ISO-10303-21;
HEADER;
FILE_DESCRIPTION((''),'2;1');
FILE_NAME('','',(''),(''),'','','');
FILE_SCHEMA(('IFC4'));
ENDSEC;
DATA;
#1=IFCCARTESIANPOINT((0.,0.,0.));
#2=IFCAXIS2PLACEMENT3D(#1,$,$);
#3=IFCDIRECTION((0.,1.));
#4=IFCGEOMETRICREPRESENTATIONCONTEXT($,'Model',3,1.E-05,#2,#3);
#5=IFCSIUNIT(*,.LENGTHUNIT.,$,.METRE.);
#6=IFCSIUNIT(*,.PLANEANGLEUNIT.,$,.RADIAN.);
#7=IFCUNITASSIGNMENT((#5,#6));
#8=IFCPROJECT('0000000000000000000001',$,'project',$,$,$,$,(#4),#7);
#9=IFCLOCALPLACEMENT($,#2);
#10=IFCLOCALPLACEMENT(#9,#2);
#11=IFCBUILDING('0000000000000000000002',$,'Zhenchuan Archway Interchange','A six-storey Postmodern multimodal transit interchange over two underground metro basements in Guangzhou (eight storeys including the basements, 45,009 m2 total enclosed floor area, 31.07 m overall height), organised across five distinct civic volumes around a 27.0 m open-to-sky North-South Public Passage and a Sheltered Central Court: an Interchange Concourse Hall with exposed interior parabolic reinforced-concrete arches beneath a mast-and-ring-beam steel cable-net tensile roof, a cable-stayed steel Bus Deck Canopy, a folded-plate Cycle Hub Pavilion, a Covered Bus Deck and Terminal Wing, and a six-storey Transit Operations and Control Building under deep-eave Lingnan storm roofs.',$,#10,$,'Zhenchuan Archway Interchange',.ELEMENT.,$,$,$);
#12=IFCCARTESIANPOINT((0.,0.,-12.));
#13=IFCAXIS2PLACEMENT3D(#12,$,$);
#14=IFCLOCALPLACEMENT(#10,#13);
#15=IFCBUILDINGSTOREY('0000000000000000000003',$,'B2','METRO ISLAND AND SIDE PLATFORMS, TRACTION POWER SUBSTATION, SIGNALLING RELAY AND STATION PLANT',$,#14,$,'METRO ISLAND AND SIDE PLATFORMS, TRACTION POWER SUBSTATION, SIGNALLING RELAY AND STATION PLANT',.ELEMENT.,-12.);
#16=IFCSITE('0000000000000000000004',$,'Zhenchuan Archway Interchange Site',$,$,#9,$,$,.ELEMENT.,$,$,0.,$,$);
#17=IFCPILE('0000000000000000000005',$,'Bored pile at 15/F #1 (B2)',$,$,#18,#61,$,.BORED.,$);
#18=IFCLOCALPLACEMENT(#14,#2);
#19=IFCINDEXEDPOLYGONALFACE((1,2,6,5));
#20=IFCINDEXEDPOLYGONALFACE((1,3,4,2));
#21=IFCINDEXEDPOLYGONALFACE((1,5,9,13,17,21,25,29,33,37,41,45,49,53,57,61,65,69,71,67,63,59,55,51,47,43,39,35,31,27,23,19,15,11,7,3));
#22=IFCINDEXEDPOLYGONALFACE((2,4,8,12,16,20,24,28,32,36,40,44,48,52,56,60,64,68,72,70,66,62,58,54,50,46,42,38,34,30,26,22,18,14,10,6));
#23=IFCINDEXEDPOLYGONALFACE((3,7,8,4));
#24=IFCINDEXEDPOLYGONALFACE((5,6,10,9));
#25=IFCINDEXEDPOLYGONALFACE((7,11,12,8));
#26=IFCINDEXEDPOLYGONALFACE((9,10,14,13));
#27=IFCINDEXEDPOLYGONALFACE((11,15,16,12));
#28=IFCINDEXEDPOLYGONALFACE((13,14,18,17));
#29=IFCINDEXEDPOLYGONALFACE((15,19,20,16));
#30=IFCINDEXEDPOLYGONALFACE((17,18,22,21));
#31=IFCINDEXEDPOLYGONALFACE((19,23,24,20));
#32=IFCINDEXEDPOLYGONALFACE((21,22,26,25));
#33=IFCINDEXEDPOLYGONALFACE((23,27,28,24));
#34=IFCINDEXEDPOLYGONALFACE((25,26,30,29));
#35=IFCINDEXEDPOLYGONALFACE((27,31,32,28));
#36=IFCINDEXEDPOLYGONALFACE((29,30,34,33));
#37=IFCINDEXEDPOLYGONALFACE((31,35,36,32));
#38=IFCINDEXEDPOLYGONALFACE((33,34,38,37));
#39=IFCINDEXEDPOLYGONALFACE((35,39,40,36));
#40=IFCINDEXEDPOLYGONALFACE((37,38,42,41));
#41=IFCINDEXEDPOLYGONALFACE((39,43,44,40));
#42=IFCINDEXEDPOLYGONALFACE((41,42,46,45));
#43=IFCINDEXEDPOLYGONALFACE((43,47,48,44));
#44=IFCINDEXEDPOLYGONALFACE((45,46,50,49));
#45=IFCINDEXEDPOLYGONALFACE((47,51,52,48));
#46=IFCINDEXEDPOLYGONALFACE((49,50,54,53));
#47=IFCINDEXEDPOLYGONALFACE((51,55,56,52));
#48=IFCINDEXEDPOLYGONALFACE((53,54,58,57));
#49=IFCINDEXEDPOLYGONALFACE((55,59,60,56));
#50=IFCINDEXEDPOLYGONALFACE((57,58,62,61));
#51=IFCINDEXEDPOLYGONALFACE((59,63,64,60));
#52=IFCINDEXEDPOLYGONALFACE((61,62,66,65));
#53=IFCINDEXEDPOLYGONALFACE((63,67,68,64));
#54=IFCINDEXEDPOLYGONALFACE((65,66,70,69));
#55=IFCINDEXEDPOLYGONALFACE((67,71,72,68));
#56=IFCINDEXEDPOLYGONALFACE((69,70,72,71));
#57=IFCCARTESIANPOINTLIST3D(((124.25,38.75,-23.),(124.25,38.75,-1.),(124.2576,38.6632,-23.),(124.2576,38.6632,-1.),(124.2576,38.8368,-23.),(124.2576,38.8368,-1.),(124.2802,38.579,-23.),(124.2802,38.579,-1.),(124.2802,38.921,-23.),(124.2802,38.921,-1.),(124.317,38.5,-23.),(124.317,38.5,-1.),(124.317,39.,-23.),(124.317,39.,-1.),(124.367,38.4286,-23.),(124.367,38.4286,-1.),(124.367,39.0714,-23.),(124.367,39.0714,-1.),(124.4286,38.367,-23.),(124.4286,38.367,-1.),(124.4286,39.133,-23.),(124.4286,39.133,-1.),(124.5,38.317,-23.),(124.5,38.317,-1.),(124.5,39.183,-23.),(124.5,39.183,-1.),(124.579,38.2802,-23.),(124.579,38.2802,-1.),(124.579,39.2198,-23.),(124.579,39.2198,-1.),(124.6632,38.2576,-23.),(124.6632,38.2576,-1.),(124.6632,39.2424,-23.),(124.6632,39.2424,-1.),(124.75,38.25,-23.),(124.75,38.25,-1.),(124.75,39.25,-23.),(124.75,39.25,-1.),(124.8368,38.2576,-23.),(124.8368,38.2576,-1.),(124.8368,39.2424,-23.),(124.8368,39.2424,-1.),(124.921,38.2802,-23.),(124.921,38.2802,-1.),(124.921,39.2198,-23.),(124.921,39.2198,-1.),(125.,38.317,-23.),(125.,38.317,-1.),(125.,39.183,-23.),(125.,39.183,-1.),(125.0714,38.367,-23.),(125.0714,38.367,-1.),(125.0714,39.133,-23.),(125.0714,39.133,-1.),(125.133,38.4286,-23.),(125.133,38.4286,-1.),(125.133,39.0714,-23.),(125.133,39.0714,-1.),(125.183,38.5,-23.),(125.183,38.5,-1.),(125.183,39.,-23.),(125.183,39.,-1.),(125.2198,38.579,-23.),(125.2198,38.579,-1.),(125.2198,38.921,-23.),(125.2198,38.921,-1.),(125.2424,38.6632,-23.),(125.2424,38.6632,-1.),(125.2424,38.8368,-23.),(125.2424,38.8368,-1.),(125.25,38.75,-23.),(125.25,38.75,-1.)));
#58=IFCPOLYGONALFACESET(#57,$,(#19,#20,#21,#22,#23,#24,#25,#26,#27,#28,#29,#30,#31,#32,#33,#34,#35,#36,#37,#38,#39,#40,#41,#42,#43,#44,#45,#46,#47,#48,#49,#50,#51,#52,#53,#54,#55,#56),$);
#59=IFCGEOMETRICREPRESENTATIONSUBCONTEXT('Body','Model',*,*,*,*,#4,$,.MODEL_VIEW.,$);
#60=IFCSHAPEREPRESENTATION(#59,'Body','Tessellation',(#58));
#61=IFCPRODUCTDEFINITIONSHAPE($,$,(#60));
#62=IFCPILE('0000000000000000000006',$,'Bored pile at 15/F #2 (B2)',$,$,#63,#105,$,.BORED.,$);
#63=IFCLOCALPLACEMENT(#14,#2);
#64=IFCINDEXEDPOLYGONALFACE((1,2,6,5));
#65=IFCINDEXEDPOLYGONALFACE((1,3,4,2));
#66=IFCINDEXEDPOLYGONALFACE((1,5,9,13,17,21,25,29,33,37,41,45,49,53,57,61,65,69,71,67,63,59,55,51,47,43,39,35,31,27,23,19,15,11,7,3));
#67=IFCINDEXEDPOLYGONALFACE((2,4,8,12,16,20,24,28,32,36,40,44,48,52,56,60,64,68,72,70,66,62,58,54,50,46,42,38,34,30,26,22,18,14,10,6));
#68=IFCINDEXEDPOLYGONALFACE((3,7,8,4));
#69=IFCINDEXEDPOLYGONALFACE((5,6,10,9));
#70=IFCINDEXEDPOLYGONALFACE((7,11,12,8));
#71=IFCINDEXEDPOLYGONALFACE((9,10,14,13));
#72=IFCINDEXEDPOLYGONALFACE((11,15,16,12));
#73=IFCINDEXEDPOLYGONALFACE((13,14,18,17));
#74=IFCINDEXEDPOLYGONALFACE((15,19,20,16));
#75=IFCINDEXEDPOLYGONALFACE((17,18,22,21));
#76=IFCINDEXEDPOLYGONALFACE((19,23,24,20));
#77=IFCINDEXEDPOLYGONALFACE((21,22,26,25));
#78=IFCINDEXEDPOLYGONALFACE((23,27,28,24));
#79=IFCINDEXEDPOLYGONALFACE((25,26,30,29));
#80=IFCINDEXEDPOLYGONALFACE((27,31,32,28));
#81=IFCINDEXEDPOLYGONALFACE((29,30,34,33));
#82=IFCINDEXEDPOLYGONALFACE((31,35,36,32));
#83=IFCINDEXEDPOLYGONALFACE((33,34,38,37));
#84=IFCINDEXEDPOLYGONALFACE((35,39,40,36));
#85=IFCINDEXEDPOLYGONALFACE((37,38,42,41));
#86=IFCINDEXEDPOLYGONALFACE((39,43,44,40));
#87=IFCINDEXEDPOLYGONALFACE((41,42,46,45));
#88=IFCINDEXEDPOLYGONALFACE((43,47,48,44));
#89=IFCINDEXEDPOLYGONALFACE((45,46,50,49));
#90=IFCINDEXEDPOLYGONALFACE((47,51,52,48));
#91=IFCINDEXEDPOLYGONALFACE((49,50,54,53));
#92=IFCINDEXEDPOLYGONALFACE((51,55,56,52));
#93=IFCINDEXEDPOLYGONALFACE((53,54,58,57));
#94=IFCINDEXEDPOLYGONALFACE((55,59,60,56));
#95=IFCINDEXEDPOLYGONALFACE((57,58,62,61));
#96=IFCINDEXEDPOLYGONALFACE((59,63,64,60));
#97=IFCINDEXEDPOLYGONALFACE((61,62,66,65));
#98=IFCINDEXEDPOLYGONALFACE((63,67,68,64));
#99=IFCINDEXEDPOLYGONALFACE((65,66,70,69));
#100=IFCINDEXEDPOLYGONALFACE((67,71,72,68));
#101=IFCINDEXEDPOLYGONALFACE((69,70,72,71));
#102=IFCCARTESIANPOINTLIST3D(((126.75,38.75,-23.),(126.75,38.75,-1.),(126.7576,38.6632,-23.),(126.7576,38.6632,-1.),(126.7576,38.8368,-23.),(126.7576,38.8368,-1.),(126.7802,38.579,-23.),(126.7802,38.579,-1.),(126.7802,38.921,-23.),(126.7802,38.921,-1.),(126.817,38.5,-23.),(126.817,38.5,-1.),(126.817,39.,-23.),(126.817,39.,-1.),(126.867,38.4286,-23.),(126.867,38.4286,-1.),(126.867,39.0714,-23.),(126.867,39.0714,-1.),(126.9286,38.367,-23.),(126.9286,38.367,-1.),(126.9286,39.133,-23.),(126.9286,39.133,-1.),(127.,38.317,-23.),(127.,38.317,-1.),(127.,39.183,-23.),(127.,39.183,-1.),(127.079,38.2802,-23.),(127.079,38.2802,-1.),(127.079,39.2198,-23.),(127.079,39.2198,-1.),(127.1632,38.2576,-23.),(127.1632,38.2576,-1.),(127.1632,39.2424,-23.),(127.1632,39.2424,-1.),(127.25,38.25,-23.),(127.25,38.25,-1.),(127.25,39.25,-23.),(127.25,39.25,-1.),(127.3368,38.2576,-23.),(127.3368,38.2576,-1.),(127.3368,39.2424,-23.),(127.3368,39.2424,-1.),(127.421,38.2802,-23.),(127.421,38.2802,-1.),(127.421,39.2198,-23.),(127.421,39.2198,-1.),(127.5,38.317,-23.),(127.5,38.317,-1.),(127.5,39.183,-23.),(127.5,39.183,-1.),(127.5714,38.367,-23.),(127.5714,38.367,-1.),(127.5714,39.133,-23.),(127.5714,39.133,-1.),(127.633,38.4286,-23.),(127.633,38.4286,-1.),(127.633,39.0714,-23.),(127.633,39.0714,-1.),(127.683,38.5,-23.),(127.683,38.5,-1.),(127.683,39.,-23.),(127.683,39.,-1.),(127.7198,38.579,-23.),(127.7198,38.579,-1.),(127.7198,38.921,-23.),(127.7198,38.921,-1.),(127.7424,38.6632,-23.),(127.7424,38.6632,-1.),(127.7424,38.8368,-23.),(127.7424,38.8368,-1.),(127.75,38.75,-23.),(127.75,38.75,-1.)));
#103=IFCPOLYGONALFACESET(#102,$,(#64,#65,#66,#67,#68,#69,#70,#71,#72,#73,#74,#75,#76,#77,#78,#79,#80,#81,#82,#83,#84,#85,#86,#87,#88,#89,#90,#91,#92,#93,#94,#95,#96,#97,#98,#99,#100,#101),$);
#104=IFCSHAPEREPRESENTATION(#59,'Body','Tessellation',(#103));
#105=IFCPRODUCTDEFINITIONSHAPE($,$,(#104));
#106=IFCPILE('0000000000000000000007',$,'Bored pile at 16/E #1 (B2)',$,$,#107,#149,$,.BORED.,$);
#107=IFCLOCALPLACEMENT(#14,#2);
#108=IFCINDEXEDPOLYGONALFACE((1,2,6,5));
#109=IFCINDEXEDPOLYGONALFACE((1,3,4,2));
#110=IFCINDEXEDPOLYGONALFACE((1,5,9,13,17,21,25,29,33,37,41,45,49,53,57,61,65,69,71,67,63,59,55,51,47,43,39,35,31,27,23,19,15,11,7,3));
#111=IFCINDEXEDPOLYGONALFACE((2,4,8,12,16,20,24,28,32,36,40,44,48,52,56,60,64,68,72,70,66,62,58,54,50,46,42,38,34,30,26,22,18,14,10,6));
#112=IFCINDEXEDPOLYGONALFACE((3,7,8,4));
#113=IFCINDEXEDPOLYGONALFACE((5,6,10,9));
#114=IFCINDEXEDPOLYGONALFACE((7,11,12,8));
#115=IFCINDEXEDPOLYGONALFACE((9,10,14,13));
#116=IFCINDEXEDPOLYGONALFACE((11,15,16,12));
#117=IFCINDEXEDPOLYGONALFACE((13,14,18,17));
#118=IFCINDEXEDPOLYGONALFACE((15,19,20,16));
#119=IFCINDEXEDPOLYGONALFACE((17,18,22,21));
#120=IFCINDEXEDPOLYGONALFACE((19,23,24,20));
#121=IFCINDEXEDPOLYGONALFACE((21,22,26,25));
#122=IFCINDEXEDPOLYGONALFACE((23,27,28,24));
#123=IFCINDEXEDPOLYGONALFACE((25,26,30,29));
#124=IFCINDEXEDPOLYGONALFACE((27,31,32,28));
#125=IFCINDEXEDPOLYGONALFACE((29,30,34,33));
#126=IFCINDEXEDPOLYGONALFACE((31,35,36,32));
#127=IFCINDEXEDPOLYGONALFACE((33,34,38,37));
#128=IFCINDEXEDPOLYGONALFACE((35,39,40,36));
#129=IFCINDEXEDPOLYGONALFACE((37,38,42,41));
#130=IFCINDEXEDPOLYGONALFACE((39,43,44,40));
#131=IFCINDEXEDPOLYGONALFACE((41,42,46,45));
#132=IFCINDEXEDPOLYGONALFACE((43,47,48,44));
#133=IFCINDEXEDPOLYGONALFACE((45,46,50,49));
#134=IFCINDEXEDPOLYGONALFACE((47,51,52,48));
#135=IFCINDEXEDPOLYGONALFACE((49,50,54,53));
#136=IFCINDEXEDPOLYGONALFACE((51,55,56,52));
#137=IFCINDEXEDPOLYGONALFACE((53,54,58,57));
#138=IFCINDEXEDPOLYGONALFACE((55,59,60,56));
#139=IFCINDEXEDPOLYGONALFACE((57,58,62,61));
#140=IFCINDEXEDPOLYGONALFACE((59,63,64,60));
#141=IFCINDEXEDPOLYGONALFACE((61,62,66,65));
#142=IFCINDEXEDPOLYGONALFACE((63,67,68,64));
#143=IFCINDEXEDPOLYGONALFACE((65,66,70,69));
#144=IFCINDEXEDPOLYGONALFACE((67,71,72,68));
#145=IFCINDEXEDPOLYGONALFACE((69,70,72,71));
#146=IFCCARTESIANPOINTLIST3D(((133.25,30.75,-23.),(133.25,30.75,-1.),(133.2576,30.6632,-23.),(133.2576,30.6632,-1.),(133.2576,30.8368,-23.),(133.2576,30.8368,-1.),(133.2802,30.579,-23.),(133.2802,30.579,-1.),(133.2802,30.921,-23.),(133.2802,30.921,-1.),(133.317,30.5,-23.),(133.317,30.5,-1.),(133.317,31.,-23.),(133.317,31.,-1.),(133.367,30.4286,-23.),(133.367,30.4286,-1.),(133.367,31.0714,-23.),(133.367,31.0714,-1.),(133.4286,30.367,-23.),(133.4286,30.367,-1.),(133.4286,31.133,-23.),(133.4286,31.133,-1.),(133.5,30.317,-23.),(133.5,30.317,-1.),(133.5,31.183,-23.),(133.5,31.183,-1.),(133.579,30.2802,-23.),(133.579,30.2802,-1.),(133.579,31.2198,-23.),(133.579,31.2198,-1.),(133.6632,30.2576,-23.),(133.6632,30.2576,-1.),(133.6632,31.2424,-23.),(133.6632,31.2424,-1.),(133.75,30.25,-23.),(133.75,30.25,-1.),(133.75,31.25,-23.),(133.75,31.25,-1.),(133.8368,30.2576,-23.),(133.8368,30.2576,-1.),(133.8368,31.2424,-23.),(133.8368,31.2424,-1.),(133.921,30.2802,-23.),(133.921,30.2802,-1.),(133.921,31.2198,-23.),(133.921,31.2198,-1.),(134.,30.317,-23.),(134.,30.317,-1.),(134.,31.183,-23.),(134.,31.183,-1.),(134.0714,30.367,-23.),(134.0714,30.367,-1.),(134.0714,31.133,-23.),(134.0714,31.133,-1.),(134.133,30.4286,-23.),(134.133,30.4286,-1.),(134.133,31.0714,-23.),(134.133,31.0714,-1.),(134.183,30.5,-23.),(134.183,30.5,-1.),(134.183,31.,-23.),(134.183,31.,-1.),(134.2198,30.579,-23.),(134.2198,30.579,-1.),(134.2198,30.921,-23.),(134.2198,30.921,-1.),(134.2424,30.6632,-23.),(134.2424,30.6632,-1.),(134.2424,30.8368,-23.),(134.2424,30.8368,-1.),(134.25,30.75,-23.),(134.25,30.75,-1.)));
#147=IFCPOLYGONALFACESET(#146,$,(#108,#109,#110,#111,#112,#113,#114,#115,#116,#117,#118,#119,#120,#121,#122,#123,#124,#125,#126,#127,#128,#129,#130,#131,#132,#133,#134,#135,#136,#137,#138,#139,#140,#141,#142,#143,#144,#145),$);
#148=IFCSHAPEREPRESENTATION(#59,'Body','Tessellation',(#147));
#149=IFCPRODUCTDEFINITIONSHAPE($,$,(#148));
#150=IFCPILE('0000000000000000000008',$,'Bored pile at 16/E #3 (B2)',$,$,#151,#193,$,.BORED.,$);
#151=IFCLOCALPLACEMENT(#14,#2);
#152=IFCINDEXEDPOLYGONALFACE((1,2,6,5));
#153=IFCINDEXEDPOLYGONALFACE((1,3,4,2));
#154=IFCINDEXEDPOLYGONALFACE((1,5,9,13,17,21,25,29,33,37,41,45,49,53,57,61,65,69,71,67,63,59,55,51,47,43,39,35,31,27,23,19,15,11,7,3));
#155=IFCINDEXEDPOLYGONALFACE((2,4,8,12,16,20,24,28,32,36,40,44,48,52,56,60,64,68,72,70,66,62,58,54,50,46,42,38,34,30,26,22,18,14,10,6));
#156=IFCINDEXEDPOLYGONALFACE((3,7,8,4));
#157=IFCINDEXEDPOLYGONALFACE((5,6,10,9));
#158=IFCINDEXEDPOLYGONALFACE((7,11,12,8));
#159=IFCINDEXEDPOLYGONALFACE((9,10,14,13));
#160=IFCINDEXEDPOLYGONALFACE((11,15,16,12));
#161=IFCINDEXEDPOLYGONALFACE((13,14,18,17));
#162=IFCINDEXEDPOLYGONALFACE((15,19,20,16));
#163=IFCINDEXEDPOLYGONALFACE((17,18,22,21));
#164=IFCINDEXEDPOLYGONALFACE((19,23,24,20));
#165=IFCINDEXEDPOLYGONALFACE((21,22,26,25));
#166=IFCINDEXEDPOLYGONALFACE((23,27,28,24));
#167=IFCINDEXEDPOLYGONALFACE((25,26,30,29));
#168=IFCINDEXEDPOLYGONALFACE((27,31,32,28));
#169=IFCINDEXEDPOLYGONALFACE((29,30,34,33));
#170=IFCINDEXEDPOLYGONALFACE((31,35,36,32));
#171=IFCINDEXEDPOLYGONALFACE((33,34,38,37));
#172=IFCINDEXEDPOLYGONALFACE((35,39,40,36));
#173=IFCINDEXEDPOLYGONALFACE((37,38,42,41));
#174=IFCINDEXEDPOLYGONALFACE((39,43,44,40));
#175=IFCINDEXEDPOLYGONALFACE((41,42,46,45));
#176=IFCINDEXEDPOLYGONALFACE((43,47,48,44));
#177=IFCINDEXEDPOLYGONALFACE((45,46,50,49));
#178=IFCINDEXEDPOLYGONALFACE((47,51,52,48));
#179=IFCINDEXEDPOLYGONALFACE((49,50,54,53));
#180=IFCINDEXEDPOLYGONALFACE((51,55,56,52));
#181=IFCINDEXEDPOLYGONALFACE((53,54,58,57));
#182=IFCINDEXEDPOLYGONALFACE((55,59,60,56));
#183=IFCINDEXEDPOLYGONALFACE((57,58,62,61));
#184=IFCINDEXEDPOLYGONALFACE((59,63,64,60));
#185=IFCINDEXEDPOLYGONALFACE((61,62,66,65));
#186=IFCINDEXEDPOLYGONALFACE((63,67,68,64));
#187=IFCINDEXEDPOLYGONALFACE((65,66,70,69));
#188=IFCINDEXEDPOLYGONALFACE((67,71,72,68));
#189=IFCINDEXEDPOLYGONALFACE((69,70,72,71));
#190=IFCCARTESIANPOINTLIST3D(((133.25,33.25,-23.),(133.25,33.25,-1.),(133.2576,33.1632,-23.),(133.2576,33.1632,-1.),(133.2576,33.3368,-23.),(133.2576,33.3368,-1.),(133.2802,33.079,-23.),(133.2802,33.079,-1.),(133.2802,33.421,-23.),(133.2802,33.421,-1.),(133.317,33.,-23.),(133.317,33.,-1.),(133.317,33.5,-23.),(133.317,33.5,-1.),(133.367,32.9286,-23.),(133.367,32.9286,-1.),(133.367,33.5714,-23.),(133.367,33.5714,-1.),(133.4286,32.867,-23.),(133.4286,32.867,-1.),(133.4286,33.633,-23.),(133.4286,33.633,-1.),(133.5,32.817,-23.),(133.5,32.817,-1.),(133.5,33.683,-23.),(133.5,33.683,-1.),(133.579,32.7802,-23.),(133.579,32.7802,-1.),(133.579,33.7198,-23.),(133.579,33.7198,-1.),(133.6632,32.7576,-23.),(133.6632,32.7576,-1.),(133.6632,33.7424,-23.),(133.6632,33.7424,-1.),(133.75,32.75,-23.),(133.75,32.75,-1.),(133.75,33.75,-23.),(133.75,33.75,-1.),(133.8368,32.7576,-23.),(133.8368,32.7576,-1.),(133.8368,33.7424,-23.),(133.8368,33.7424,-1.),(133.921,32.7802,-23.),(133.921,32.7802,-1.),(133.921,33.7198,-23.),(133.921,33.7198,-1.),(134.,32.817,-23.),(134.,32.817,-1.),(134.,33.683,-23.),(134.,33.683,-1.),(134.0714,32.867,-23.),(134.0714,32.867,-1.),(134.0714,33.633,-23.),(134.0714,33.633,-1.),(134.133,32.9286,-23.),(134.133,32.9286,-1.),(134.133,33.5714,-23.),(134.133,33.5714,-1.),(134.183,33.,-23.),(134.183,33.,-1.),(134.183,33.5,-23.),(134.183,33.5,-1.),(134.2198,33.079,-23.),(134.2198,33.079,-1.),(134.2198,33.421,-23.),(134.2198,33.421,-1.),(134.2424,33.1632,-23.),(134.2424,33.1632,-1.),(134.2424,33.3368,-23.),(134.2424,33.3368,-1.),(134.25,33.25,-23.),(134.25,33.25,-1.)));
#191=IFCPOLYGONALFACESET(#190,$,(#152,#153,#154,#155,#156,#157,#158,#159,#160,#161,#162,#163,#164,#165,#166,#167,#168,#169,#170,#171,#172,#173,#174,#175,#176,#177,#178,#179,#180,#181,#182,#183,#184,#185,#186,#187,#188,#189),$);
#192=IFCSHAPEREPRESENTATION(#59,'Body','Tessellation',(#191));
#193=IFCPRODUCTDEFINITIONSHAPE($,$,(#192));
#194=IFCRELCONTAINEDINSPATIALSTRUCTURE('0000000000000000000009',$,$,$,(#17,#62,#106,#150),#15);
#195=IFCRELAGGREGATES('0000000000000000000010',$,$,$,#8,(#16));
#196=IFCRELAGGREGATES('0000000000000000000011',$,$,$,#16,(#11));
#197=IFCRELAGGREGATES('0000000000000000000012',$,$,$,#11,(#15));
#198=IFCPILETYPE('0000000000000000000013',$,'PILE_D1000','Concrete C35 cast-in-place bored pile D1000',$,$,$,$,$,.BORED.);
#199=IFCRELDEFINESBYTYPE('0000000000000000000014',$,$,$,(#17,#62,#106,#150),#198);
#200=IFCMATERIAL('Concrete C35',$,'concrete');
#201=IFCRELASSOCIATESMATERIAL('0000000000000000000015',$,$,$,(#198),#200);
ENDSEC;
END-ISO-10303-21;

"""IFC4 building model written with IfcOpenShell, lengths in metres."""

from ifc_helpers import new_model, si_unit, direction, frame, origin, origin_2d, place, context, subcontext, project, spatial, circle, extrude, material, material_profile, profile_set, type_object, element, save


model = new_model("IFC4")

# Units and contexts
model_context = context("Model", 3, precision=1e-05, world=origin(), true_north=direction((0.0, 1.0)))
body_context = subcontext(model_context, "Body", "Model", "MODEL_VIEW")
ifc_project = project(units=[si_unit("LENGTHUNIT", "METRE"), si_unit("PLANEANGLEUNIT", "RADIAN")], contexts=[model_context])

# Site, building, storey
site_placement = place(None, origin())
site = spatial("IfcSite", under=ifc_project, at=site_placement, Name="Zhenchuan Archway Interchange Site", CompositionType="ELEMENT", RefElevation=0.0)
building_placement = place(site_placement, origin())
building = spatial("IfcBuilding", under=site, at=building_placement, Name="Zhenchuan Archway Interchange", Description="A six-storey Postmodern multimodal transit interchange over two underground metro basements in Guangzhou (eight storeys including the basements, 45,009 m2 total enclosed floor area, 31.07 m overall height), organised across five distinct civic volumes around a 27.0 m open-to-sky North-South Public Passage and a Sheltered Central Court: an Interchange Concourse Hall with exposed interior parabolic reinforced-concrete arches beneath a mast-and-ring-beam steel cable-net tensile roof, a cable-stayed steel Bus Deck Canopy, a folded-plate Cycle Hub Pavilion, a Covered Bus Deck and Terminal Wing, and a six-storey Transit Operations and Control Building under deep-eave Lingnan storm roofs.", LongName="Zhenchuan Archway Interchange", CompositionType="ELEMENT")
storey_placement = place(building_placement, frame((0.0, 0.0, -12.0)))
storey = spatial("IfcBuildingStorey", under=building, at=storey_placement, Name="B2", Description="METRO ISLAND AND SIDE PLATFORMS, TRACTION POWER SUBSTATION, SIGNALLING RELAY AND STATION PLANT", LongName="METRO ISLAND AND SIDE PLATFORMS, TRACTION POWER SUBSTATION, SIGNALLING RELAY AND STATION PLANT", CompositionType="ELEMENT", Elevation=-12.0)

# Piles
ifc_material_1 = material(Name="Concrete C35", Category="concrete")
ifc_material_profile_1 = material_profile(ifc_material_1, circle(Radius=0.5, at=origin_2d()), Name="BORED PILE 1000")
ifc_profile_set_1 = profile_set([ifc_material_profile_1], Name="Concrete C35")
pile_type_1 = type_object("IfcPileType", Name="PILE_D1000", Description="Concrete C35 cast-in-place bored pile D1000", PredefinedType="BORED", material=ifc_profile_set_1)
for number, where, z_axis, x_axis, name in (
    (1, (124.75, 38.75, -1.0), (0.0, 0.0, -1.0), (1.0, 0.0, 0.0), "Bored pile at 15/F #1 (B2)"),
    (2, (127.25, 38.75, -1.0), (0.0, 0.0, -1.0), (1.0, 0.0, 0.0), "Bored pile at 15/F #2 (B2)"),
    (3, (133.75, 30.75, -1.0), (0.0, 0.0, -1.0), (1.0, 0.0, 0.0), "Bored pile at 16/E #1 (B2)"),
    (4, (133.75, 33.25, -1.0), (0.0, 0.0, -1.0), (1.0, 0.0, 0.0), "Bored pile at 16/E #3 (B2)"),
):
    element("IfcPile", number, at=place(storey_placement, frame(where, z_axis=z_axis, x_axis=x_axis)), inside=storey, type_object=pile_type_1, Name=name, PredefinedType="BORED", context=body_context, shape_type="SweptSolid", body=[
        extrude(circle(Radius=0.5, at=origin_2d()), origin(), (0.0, 0.0, 1.0), 22.0),
    ])

save(model, "model.ifc")
